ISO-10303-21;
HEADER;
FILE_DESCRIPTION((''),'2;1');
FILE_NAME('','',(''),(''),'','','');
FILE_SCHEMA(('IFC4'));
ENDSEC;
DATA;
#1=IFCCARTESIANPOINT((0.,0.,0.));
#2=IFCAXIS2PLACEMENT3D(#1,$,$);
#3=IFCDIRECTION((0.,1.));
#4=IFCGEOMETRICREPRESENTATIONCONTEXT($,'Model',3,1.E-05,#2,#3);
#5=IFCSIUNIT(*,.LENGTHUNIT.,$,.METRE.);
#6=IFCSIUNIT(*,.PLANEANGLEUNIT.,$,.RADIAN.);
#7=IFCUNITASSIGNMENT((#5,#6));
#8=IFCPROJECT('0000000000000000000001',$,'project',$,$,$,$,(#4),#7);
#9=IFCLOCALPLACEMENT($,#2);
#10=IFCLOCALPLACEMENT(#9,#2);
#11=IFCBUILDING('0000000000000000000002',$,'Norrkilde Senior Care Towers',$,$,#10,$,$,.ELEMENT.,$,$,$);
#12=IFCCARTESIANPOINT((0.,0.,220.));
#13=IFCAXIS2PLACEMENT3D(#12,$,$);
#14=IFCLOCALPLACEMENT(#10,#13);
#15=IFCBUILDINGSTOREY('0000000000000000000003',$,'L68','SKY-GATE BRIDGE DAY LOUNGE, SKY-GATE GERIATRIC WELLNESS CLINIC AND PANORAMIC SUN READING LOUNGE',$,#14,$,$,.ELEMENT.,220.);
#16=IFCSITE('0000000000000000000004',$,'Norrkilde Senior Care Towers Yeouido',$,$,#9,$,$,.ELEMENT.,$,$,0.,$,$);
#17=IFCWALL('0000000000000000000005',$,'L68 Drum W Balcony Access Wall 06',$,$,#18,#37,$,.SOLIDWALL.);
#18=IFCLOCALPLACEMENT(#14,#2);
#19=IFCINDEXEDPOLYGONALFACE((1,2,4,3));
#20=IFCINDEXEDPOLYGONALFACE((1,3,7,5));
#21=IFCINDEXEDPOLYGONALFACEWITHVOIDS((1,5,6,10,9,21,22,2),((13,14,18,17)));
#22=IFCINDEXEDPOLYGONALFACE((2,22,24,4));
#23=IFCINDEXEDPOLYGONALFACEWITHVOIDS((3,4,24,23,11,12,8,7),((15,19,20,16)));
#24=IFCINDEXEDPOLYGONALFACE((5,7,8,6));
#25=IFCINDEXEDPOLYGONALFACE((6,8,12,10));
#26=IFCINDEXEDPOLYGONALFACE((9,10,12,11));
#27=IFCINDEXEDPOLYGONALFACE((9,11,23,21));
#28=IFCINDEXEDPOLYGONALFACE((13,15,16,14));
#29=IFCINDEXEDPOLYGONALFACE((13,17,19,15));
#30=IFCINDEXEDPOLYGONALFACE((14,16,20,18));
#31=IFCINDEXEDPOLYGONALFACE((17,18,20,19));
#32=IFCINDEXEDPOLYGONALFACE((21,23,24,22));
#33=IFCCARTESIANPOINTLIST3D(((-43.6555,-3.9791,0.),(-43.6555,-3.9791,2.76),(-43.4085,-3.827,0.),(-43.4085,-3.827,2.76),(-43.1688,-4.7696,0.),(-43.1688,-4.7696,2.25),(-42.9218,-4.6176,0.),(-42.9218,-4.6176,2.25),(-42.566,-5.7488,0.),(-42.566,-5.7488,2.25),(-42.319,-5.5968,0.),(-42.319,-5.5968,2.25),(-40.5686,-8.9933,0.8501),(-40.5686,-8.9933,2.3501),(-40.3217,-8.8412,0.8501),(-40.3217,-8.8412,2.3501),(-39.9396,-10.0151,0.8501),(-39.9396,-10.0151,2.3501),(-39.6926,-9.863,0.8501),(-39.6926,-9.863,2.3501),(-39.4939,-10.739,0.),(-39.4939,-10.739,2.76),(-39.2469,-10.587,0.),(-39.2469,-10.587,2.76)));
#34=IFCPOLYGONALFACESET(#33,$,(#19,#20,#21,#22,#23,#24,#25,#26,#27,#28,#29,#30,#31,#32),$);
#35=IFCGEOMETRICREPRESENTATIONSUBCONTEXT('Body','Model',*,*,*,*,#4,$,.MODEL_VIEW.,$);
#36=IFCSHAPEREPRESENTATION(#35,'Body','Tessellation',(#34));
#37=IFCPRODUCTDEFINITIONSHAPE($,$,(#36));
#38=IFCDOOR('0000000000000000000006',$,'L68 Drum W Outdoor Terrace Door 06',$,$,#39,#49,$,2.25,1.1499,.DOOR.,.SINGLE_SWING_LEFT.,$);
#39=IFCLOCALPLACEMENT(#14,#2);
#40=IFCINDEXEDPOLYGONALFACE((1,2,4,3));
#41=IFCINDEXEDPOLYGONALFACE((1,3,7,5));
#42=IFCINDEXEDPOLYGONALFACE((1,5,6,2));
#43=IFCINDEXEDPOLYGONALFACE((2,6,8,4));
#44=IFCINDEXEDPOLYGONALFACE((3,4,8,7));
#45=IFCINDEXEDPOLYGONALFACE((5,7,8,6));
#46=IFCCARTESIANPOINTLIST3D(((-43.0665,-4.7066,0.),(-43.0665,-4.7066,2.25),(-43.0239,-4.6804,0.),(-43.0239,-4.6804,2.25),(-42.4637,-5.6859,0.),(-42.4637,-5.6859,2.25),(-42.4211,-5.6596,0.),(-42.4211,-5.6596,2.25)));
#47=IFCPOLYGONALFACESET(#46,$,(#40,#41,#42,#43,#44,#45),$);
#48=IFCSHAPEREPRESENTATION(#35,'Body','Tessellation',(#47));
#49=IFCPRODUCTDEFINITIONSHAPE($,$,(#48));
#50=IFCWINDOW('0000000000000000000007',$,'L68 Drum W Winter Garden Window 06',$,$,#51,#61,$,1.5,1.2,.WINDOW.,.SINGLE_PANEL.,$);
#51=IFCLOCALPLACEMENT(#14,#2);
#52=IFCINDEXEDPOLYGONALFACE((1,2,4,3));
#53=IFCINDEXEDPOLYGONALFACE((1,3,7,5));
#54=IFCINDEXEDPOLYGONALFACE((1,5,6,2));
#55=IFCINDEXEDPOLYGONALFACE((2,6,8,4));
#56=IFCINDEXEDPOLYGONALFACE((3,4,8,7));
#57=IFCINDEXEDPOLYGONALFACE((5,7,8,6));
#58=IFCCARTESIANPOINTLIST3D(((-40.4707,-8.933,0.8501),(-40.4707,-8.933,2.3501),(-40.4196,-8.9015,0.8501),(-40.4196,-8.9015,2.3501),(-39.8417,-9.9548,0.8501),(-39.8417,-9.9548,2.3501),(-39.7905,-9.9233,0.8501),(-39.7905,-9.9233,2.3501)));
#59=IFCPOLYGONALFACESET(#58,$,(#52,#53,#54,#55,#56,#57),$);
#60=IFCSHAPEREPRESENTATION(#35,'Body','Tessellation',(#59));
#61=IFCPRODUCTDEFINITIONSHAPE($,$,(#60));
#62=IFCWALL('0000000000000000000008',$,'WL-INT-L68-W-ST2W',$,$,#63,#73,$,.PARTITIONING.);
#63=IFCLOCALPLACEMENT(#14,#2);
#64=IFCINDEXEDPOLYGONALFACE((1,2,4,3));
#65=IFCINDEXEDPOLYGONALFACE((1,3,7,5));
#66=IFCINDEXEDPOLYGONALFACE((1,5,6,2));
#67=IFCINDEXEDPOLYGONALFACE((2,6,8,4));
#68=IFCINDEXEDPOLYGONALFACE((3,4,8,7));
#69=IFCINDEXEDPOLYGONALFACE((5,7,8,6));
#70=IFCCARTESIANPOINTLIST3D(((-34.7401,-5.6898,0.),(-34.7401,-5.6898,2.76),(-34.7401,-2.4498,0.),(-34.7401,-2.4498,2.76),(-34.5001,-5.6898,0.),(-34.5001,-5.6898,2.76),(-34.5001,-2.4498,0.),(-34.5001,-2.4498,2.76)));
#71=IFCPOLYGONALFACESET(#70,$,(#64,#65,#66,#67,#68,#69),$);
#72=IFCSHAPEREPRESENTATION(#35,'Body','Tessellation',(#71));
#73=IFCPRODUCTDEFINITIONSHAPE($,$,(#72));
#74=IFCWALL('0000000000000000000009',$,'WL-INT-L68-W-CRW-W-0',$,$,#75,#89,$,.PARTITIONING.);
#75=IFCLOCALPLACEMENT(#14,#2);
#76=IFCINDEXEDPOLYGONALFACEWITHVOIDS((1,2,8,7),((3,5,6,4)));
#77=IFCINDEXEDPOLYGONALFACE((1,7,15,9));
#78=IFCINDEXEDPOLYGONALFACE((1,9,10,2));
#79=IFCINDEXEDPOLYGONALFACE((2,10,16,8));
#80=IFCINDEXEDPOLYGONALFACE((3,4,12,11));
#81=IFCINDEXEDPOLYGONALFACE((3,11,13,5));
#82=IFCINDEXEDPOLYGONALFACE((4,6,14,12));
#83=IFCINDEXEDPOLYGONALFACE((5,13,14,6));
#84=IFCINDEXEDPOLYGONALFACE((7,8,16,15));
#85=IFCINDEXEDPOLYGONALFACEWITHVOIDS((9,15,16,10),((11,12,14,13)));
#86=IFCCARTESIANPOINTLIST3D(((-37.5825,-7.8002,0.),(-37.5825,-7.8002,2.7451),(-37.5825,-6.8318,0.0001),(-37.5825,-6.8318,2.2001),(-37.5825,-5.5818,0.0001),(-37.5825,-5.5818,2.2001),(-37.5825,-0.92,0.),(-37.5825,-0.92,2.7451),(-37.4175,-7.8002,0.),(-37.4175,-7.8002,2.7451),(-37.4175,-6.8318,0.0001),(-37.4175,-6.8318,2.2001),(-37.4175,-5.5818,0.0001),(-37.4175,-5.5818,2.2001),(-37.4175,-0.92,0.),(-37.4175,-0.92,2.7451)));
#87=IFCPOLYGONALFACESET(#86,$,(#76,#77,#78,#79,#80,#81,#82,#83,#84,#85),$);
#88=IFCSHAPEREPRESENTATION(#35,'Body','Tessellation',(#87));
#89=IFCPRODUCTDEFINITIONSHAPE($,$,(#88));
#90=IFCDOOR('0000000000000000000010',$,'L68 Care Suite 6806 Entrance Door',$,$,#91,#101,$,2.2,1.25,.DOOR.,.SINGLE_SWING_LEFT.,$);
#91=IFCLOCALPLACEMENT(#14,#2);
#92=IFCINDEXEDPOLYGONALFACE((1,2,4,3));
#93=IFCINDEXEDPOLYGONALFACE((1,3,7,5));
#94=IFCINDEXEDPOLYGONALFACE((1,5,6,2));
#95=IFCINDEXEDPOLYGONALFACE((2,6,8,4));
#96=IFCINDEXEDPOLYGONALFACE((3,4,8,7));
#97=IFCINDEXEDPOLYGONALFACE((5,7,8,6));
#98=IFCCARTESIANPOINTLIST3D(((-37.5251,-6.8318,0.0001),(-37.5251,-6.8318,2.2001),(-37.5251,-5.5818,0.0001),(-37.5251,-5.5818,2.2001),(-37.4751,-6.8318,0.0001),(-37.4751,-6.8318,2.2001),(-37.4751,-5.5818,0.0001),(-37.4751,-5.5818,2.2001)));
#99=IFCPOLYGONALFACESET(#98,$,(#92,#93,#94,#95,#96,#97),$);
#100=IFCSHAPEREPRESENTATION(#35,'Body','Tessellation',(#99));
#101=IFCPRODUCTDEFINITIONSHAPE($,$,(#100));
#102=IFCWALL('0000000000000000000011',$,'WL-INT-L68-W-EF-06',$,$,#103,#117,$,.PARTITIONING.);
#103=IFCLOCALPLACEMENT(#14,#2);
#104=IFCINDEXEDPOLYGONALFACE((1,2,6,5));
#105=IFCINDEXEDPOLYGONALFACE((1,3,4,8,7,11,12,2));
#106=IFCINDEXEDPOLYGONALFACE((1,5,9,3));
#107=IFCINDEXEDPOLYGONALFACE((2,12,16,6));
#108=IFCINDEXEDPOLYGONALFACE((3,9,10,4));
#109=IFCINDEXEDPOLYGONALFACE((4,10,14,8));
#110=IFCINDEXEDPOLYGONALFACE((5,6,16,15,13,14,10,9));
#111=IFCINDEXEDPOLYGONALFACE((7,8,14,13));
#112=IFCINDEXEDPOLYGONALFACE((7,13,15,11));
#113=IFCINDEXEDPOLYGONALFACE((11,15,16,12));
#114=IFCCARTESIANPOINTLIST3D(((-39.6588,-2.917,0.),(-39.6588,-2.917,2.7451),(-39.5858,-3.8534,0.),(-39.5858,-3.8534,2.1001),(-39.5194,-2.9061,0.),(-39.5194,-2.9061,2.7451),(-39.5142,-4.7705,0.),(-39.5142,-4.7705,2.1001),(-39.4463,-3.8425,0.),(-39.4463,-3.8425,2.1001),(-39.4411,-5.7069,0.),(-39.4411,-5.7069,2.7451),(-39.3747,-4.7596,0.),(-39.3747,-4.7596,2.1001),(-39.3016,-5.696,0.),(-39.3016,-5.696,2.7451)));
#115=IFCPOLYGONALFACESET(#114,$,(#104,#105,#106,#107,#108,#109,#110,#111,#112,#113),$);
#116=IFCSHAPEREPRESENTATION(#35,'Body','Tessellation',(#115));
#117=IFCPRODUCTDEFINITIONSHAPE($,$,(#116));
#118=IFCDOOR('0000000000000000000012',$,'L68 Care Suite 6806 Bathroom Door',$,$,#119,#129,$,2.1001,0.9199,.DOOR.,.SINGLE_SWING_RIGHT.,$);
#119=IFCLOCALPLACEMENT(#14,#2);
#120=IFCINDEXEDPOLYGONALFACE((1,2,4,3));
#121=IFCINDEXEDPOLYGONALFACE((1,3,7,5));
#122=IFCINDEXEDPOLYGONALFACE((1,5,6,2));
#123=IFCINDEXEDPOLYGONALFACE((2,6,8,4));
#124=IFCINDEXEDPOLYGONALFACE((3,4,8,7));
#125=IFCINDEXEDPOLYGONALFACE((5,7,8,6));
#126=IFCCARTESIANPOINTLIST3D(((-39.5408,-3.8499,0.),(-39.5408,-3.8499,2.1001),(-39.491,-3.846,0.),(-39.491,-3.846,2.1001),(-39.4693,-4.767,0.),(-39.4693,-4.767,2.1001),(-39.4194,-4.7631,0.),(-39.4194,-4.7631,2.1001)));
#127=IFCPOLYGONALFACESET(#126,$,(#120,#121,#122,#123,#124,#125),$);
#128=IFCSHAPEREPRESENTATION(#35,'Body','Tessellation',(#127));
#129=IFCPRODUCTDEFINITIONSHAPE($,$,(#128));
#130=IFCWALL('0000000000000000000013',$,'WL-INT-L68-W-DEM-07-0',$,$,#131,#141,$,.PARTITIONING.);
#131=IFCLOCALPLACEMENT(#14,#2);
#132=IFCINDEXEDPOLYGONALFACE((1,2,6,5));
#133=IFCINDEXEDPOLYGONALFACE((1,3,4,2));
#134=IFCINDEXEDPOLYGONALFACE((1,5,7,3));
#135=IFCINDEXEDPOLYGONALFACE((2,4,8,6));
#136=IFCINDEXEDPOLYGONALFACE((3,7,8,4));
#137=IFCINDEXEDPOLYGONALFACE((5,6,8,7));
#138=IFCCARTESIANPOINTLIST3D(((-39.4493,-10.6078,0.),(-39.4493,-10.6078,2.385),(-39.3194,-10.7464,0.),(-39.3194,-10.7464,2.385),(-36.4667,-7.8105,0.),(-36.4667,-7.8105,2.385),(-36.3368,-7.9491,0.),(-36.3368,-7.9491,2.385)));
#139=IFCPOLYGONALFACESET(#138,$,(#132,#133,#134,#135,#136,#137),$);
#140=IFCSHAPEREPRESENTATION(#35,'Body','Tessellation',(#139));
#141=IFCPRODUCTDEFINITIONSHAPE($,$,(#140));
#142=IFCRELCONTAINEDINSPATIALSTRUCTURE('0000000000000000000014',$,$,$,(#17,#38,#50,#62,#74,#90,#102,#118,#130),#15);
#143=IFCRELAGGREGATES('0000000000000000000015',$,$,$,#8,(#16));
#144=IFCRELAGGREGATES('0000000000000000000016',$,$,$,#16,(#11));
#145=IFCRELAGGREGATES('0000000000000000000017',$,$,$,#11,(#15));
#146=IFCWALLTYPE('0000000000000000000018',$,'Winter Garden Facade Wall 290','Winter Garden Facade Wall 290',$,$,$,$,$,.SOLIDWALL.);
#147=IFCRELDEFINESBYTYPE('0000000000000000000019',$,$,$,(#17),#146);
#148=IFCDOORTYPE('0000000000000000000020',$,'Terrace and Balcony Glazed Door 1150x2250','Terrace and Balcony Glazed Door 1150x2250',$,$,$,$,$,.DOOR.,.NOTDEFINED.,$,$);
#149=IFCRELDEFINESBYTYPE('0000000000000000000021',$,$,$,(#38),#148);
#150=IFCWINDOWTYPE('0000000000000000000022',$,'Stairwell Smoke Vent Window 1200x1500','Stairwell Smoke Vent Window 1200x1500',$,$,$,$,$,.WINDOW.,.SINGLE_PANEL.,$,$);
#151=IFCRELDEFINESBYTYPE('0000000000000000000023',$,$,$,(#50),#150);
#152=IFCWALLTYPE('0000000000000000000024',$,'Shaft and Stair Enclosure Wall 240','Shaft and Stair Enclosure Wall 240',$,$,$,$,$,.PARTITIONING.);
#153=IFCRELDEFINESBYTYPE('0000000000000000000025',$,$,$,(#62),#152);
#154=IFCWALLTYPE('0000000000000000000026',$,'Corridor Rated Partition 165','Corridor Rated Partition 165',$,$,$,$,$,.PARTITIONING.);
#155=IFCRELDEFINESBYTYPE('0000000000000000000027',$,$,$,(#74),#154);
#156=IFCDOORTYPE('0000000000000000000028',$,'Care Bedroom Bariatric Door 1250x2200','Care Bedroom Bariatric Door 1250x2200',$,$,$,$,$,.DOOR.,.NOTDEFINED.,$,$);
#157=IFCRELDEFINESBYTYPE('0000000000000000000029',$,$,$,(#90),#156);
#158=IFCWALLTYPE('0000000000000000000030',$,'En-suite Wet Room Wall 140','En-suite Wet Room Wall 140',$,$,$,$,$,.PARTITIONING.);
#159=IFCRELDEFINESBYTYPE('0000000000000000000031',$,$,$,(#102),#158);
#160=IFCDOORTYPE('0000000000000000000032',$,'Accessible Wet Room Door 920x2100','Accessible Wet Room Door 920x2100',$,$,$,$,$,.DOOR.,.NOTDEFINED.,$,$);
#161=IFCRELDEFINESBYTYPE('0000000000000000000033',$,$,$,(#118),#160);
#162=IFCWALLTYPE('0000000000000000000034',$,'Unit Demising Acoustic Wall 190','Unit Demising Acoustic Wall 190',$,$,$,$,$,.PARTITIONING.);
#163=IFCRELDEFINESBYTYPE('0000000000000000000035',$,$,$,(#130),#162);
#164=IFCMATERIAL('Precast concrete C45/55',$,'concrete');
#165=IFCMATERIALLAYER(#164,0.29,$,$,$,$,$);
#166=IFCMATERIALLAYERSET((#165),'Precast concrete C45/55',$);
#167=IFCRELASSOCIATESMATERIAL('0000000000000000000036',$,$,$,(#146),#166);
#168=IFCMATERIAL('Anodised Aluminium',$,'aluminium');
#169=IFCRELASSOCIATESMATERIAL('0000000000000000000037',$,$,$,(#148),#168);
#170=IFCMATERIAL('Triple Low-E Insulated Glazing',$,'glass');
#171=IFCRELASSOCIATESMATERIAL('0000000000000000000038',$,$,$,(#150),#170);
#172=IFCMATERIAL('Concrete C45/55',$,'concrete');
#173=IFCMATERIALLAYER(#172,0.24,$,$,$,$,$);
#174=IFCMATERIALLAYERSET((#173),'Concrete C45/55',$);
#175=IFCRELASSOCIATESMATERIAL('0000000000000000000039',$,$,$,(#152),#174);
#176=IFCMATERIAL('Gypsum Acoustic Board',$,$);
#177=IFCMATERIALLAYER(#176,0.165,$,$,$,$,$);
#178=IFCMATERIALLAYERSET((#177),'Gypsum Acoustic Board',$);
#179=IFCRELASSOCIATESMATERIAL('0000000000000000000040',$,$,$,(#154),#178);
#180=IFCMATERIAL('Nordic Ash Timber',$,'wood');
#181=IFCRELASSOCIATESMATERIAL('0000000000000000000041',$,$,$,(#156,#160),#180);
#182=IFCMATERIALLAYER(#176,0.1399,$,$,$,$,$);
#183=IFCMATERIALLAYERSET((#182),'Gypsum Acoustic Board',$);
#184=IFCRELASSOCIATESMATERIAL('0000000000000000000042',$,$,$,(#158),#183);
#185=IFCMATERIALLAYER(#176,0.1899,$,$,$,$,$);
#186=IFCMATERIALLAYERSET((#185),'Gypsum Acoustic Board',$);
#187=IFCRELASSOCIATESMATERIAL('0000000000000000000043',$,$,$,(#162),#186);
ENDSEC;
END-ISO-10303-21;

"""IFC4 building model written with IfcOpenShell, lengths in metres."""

from ifc_helpers import new_model, si_unit, direction, frame, frame_2d, origin, place, context, subcontext, project, spatial, rectangle, extrude, source, transform, mapped, material, layer, layer_set, type_object, type_shapes, element, fill, save


model = new_model("IFC4")

# Units and contexts
model_context = context("Model", 3, precision=1e-05, world=origin(), true_north=direction((0.0, 1.0)))
body_context = subcontext(model_context, "Body", "Model", "MODEL_VIEW")
ifc_project = project(units=[si_unit("LENGTHUNIT", "METRE"), si_unit("PLANEANGLEUNIT", "RADIAN")], contexts=[model_context])

# Site, building, storey
site_placement = place(None, origin())
site = spatial("IfcSite", under=ifc_project, at=site_placement, Name="Norrkilde Senior Care Towers Yeouido", CompositionType="ELEMENT", RefElevation=0.0)
building_placement = place(site_placement, origin())
building = spatial("IfcBuilding", under=site, at=building_placement, Name="Norrkilde Senior Care Towers", CompositionType="ELEMENT")
storey_placement = place(building_placement, frame((0.0, 0.0, 220.0)))
storey = spatial("IfcBuildingStorey", under=building, at=storey_placement, Name="L68", Description="SKY-GATE BRIDGE DAY LOUNGE, SKY-GATE GERIATRIC WELLNESS CLINIC AND PANORAMIC SUN READING LOUNGE", CompositionType="ELEMENT", Elevation=220.0)

# Shared definitions
ifc_material_1 = material(Name="Triple Low-E Insulated Glazing", Category="glass")
ifc_material_2 = material(Name="Anodised Aluminium", Category="aluminium")

# Wall, openings, door, window
ifc_material_3 = material(Name="Precast concrete C45/55", Category="concrete")
ifc_layer_1 = layer(ifc_material_3, 0.29)
ifc_layer_set_1 = layer_set([ifc_layer_1], Name="Precast concrete C45/55")
wall_type_1 = type_object("IfcWallType", Name="Winter Garden Facade Wall 290", Description="Winter Garden Facade Wall 290", PredefinedType="SOLIDWALL", material=ifc_layer_set_1)
shared_shape_1 = source(origin(), body_context, "Body", "SweptSolid", [
    extrude(rectangle(XDim=7.9382, YDim=0.29, at=frame_2d((3.9692, 0.0))), origin(), (0.0, 0.0, 1.0), 2.76),
])
type_shapes(wall_type_1, [shared_shape_1])
wall_1_placement = place(storey_placement, frame((-39.3704, -10.6631, 0.0), z_axis=(0.0, 0.0, 1.0), x_axis=(-0.524245, 0.851567, 0.0)))
wall_1 = element("IfcWall", 1, at=wall_1_placement, inside=storey, type_object=wall_type_1, Name="L68 Drum W Balcony Access Wall 06", PredefinedType="SOLIDWALL", context=body_context, shape_type="MappedRepresentation", body=[
    mapped(shared_shape_1, transform((0.0, 0.0, 0.0), x_axis=(1.0, 0.0, 0.0), y_axis=(0.0, 1.0, 0.0), z_axis=(0.0, 0.0, 1.0), scale=1.0)),
])
opening_1_placement = place(wall_1_placement, frame((5.8601, 0.0, 0.0)))
opening_1 = element("IfcOpeningElement", 2, at=opening_1_placement, cuts=wall_1, PredefinedType="OPENING", context=body_context, shape_type="SweptSolid", body=[
    extrude(rectangle(XDim=1.1499, YDim=2.25, at=frame_2d((0.575, 1.125))), frame((0.0, 0.155, 0.0), z_axis=(0.0, -1.0, 0.0), x_axis=(1.0, 0.0, 0.0)), (0.0, 0.0, 1.0), 0.3101),
])
opening_2_placement = place(wall_1_placement, frame((0.8501, 0.0, 0.8501)))
opening_2 = element("IfcOpeningElement", 3, at=opening_2_placement, cuts=wall_1, PredefinedType="OPENING", context=body_context, shape_type="SweptSolid", body=[
    extrude(rectangle(XDim=1.2, YDim=1.5, at=frame_2d((0.6001, 0.75))), frame((0.0, 0.155, 0.0), z_axis=(0.0, -1.0, 0.0), x_axis=(1.0, 0.0, 0.0)), (0.0, 0.0, 1.0), 0.3101),
])
door_type_1 = type_object("IfcDoorType", Name="Terrace and Balcony Glazed Door 1150x2250", Description="Terrace and Balcony Glazed Door 1150x2250", OperationType="NOTDEFINED", PredefinedType="DOOR", material=ifc_material_2)
shared_shape_2 = source(origin(), body_context, "Body", "SweptSolid", [
    extrude(rectangle(XDim=1.1499, YDim=2.25, at=frame_2d((0.575, 1.125))), frame((0.0, 0.0249, 0.0), z_axis=(0.0, -1.0, 0.0), x_axis=(1.0, 0.0, 0.0)), (0.0, 0.0, 1.0), 0.05),
])
type_shapes(door_type_1, [shared_shape_2])
door_1_placement = place(opening_1_placement, origin())
door_1 = element("IfcDoor", 4, at=door_1_placement, inside=storey, type_object=door_type_1, Name="L68 Drum W Outdoor Terrace Door 06", OperationType="SINGLE_SWING_LEFT", OverallHeight=2.25, OverallWidth=1.1499, PredefinedType="DOOR", context=body_context, shape_type="MappedRepresentation", body=[
    mapped(shared_shape_2, transform((0.0, 0.0, 0.0), x_axis=(1.0, 0.0, 0.0), y_axis=(0.0, 1.0, 0.0), z_axis=(0.0, 0.0, 1.0), scale=1.0)),
])
fill(opening_1, door_1)
window_type = type_object("IfcWindowType", Name="Stairwell Smoke Vent Window 1200x1500", Description="Stairwell Smoke Vent Window 1200x1500", PartitioningType="SINGLE_PANEL", PredefinedType="WINDOW", material=ifc_material_1)
shared_shape_3 = source(origin(), body_context, "Body", "SweptSolid", [
    extrude(rectangle(XDim=1.2, YDim=1.5, at=frame_2d((0.6001, 0.75))), frame((0.0, 0.03, 0.0), z_axis=(0.0, -1.0, 0.0), x_axis=(1.0, 0.0, 0.0)), (0.0, 0.0, 1.0), 0.0601),
])
type_shapes(window_type, [shared_shape_3])
window_placement = place(opening_2_placement, origin())
window = element("IfcWindow", 5, at=window_placement, inside=storey, type_object=window_type, Name="L68 Drum W Winter Garden Window 06", OverallHeight=1.5, OverallWidth=1.2, PartitioningType="SINGLE_PANEL", PredefinedType="WINDOW", context=body_context, shape_type="MappedRepresentation", body=[
    mapped(shared_shape_3, transform((0.0, 0.0, 0.0), x_axis=(1.0, 0.0, 0.0), y_axis=(0.0, 1.0, 0.0), z_axis=(0.0, 0.0, 1.0), scale=1.0)),
])
fill(opening_2, window)

# Wall
ifc_material_4 = material(Name="Concrete C45/55", Category="concrete")
ifc_layer_2 = layer(ifc_material_4, 0.24)
ifc_layer_set_2 = layer_set([ifc_layer_2], Name="Concrete C45/55")
wall_type_2 = type_object("IfcWallType", Name="Shaft and Stair Enclosure Wall 240", Description="Shaft and Stair Enclosure Wall 240", PredefinedType="PARTITIONING", material=ifc_layer_set_2)
shared_shape_4 = source(origin(), body_context, "Body", "SweptSolid", [
    extrude(rectangle(XDim=3.24, YDim=0.24, at=frame_2d((1.6201, 0.0))), origin(), (0.0, 0.0, 1.0), 2.76),
])
type_shapes(wall_type_2, [shared_shape_4])
wall_2_placement = place(storey_placement, frame((-34.6201, -5.6899, 0.0), z_axis=(0.0, 0.0, 1.0), x_axis=(0.0, 1.0, 0.0)))
element("IfcWall", 6, at=wall_2_placement, inside=storey, type_object=wall_type_2, Name="WL-INT-L68-W-ST2W", PredefinedType="PARTITIONING", context=body_context, shape_type="MappedRepresentation", body=[
    mapped(shared_shape_4, transform((0.0, 0.0, 0.0), x_axis=(1.0, 0.0, 0.0), y_axis=(0.0, 1.0, 0.0), z_axis=(0.0, 0.0, 1.0), scale=1.0)),
])

# Walls, openings, doors
ifc_material_5 = material(Name="Gypsum Acoustic Board")
ifc_layer_3 = layer(ifc_material_5, 0.165)
ifc_layer_set_3 = layer_set([ifc_layer_3], Name="Gypsum Acoustic Board")
wall_type_3 = type_object("IfcWallType", Name="Corridor Rated Partition 165", Description="Corridor Rated Partition 165", PredefinedType="PARTITIONING", material=ifc_layer_set_3)
shared_shape_5 = source(origin(), body_context, "Body", "SweptSolid", [
    extrude(rectangle(XDim=6.8801, YDim=0.165, at=frame_2d((3.4399, 0.0))), origin(), (0.0, 0.0, 1.0), 2.7451),
])
type_shapes(wall_type_3, [shared_shape_5])
wall_3_placement = place(storey_placement, frame((-37.5, -7.8, 0.0), z_axis=(0.0, 0.0, 1.0), x_axis=(0.0, 1.0, 0.0)))
wall_3 = element("IfcWall", 7, at=wall_3_placement, inside=storey, type_object=wall_type_3, Name="WL-INT-L68-W-CRW-W-0", PredefinedType="PARTITIONING", context=body_context, shape_type="MappedRepresentation", body=[
    mapped(shared_shape_5, transform((0.0, 0.0, 0.0), x_axis=(1.0, 0.0, 0.0), y_axis=(0.0, 1.0, 0.0), z_axis=(0.0, 0.0, 1.0), scale=1.0)),
])
opening_3_placement = place(wall_3_placement, frame((0.9683, 0.0, 0.0)))
opening_3 = element("IfcOpeningElement", 8, at=opening_3_placement, cuts=wall_3, PredefinedType="OPENING", context=body_context, shape_type="SweptSolid", body=[
    extrude(rectangle(XDim=1.25, YDim=2.2, at=frame_2d((0.625, 1.1001))), frame((0.0, 0.0925, 0.0), z_axis=(0.0, -1.0, 0.0), x_axis=(1.0, 0.0, 0.0)), (0.0, 0.0, 1.0), 0.1851),
])
ifc_material_6 = material(Name="Nordic Ash Timber", Category="wood")
door_type_2 = type_object("IfcDoorType", Name="Care Bedroom Bariatric Door 1250x2200", Description="Care Bedroom Bariatric Door 1250x2200", OperationType="NOTDEFINED", PredefinedType="DOOR", material=ifc_material_6)
shared_shape_6 = source(origin(), body_context, "Body", "SweptSolid", [
    extrude(rectangle(XDim=1.25, YDim=2.2, at=frame_2d((0.625, 1.1001))), frame((0.0, 0.0249, 0.0), z_axis=(0.0, -1.0, 0.0), x_axis=(1.0, 0.0, 0.0)), (0.0, 0.0, 1.0), 0.05),
])
type_shapes(door_type_2, [shared_shape_6])
door_2_placement = place(opening_3_placement, frame((1.25, 0.0, 0.0), z_axis=(0.0, 0.0, 1.0), x_axis=(-1.0, 0.0, 0.0)))
door_2 = element("IfcDoor", 9, at=door_2_placement, inside=storey, type_object=door_type_2, Name="L68 Care Suite 6806 Entrance Door", OperationType="SINGLE_SWING_LEFT", OverallHeight=2.2, OverallWidth=1.25, PredefinedType="DOOR", context=body_context, shape_type="MappedRepresentation", body=[
    mapped(shared_shape_6, transform((0.0, 0.0, 0.0), x_axis=(1.0, 0.0, 0.0), y_axis=(0.0, 1.0, 0.0), z_axis=(0.0, 0.0, 1.0), scale=1.0)),
])
fill(opening_3, door_2)
ifc_layer_4 = layer(ifc_material_5, 0.1399)
ifc_layer_set_4 = layer_set([ifc_layer_4], Name="Gypsum Acoustic Board")
wall_type_4 = type_object("IfcWallType", Name="En-suite Wet Room Wall 140", Description="En-suite Wet Room Wall 140", PredefinedType="PARTITIONING", material=ifc_layer_set_4)
shared_shape_7 = source(origin(), body_context, "Body", "SweptSolid", [
    extrude(rectangle(XDim=2.7983, YDim=0.1399, at=frame_2d((1.3992, 0.0))), origin(), (0.0, 0.0, 1.0), 2.7451),
])
type_shapes(wall_type_4, [shared_shape_7])
wall_4_placement = place(storey_placement, frame((-39.3713, -5.7014, 0.0), z_axis=(0.0, 0.0, 1.0), x_axis=(-0.077824, 0.996967, 0.0)))
wall_4 = element("IfcWall", 10, at=wall_4_placement, inside=storey, type_object=wall_type_4, Name="WL-INT-L68-W-EF-06", PredefinedType="PARTITIONING", context=body_context, shape_type="MappedRepresentation", body=[
    mapped(shared_shape_7, transform((0.0, 0.0, 0.0), x_axis=(1.0, 0.0, 0.0), y_axis=(0.0, 1.0, 0.0), z_axis=(0.0, 0.0, 1.0), scale=1.0)),
])
opening_4_placement = place(wall_4_placement, frame((0.9392, 0.0, 0.0)))
opening_4 = element("IfcOpeningElement", 11, at=opening_4_placement, cuts=wall_4, PredefinedType="OPENING", context=body_context, shape_type="SweptSolid", body=[
    extrude(rectangle(XDim=0.9199, YDim=2.1001, at=frame_2d((0.46, 1.05))), frame((0.0, 0.0798, 0.0), z_axis=(0.0, -1.0, 0.0), x_axis=(1.0, 0.0, 0.0)), (0.0, 0.0, 1.0), 0.1599),
])
door_type_3 = type_object("IfcDoorType", Name="Accessible Wet Room Door 920x2100", Description="Accessible Wet Room Door 920x2100", OperationType="NOTDEFINED", PredefinedType="DOOR", material=ifc_material_6)
shared_shape_8 = source(origin(), body_context, "Body", "SweptSolid", [
    extrude(rectangle(XDim=0.9199, YDim=2.1001, at=frame_2d((0.46, 1.05))), frame((0.0, 0.0249, 0.0), z_axis=(0.0, -1.0, 0.0), x_axis=(1.0, 0.0, 0.0)), (0.0, 0.0, 1.0), 0.05),
])
type_shapes(door_type_3, [shared_shape_8])
door_3_placement = place(opening_4_placement, origin())
door_3 = element("IfcDoor", 12, at=door_3_placement, inside=storey, type_object=door_type_3, Name="L68 Care Suite 6806 Bathroom Door", OperationType="SINGLE_SWING_RIGHT", OverallHeight=2.1001, OverallWidth=0.9199, PredefinedType="DOOR", context=body_context, shape_type="MappedRepresentation", body=[
    mapped(shared_shape_8, transform((0.0, 0.0, 0.0), x_axis=(1.0, 0.0, 0.0), y_axis=(0.0, 1.0, 0.0), z_axis=(0.0, 0.0, 1.0), scale=1.0)),
])
fill(opening_4, door_3)

# Wall
ifc_layer_5 = layer(ifc_material_5, 0.1899)
ifc_layer_set_5 = layer_set([ifc_layer_5], Name="Gypsum Acoustic Board")
wall_type_5 = type_object("IfcWallType", Name="Unit Demising Acoustic Wall 190", Description="Unit Demising Acoustic Wall 190", PredefinedType="PARTITIONING", material=ifc_layer_set_5)
shared_shape_9 = source(origin(), body_context, "Body", "SweptSolid", [
    extrude(rectangle(XDim=4.0891, YDim=0.1899, at=frame_2d((2.0444, 0.0))), origin(), (0.0, 0.0, 1.0), 2.385),
])
type_shapes(wall_type_5, [shared_shape_9])
wall_5_placement = place(storey_placement, frame((-36.4019, -7.8799, 0.0), z_axis=(0.0, 0.0, 1.0), x_axis=(-0.729401, -0.684086, 0.0)))
element("IfcWall", 13, at=wall_5_placement, inside=storey, type_object=wall_type_5, Name="WL-INT-L68-W-DEM-07-0", PredefinedType="PARTITIONING", context=body_context, shape_type="MappedRepresentation", body=[
    mapped(shared_shape_9, transform((0.0, 0.0, 0.0), x_axis=(1.0, 0.0, 0.0), y_axis=(0.0, 1.0, 0.0), z_axis=(0.0, 0.0, 1.0), scale=1.0)),
])

save(model, "model.ifc")
